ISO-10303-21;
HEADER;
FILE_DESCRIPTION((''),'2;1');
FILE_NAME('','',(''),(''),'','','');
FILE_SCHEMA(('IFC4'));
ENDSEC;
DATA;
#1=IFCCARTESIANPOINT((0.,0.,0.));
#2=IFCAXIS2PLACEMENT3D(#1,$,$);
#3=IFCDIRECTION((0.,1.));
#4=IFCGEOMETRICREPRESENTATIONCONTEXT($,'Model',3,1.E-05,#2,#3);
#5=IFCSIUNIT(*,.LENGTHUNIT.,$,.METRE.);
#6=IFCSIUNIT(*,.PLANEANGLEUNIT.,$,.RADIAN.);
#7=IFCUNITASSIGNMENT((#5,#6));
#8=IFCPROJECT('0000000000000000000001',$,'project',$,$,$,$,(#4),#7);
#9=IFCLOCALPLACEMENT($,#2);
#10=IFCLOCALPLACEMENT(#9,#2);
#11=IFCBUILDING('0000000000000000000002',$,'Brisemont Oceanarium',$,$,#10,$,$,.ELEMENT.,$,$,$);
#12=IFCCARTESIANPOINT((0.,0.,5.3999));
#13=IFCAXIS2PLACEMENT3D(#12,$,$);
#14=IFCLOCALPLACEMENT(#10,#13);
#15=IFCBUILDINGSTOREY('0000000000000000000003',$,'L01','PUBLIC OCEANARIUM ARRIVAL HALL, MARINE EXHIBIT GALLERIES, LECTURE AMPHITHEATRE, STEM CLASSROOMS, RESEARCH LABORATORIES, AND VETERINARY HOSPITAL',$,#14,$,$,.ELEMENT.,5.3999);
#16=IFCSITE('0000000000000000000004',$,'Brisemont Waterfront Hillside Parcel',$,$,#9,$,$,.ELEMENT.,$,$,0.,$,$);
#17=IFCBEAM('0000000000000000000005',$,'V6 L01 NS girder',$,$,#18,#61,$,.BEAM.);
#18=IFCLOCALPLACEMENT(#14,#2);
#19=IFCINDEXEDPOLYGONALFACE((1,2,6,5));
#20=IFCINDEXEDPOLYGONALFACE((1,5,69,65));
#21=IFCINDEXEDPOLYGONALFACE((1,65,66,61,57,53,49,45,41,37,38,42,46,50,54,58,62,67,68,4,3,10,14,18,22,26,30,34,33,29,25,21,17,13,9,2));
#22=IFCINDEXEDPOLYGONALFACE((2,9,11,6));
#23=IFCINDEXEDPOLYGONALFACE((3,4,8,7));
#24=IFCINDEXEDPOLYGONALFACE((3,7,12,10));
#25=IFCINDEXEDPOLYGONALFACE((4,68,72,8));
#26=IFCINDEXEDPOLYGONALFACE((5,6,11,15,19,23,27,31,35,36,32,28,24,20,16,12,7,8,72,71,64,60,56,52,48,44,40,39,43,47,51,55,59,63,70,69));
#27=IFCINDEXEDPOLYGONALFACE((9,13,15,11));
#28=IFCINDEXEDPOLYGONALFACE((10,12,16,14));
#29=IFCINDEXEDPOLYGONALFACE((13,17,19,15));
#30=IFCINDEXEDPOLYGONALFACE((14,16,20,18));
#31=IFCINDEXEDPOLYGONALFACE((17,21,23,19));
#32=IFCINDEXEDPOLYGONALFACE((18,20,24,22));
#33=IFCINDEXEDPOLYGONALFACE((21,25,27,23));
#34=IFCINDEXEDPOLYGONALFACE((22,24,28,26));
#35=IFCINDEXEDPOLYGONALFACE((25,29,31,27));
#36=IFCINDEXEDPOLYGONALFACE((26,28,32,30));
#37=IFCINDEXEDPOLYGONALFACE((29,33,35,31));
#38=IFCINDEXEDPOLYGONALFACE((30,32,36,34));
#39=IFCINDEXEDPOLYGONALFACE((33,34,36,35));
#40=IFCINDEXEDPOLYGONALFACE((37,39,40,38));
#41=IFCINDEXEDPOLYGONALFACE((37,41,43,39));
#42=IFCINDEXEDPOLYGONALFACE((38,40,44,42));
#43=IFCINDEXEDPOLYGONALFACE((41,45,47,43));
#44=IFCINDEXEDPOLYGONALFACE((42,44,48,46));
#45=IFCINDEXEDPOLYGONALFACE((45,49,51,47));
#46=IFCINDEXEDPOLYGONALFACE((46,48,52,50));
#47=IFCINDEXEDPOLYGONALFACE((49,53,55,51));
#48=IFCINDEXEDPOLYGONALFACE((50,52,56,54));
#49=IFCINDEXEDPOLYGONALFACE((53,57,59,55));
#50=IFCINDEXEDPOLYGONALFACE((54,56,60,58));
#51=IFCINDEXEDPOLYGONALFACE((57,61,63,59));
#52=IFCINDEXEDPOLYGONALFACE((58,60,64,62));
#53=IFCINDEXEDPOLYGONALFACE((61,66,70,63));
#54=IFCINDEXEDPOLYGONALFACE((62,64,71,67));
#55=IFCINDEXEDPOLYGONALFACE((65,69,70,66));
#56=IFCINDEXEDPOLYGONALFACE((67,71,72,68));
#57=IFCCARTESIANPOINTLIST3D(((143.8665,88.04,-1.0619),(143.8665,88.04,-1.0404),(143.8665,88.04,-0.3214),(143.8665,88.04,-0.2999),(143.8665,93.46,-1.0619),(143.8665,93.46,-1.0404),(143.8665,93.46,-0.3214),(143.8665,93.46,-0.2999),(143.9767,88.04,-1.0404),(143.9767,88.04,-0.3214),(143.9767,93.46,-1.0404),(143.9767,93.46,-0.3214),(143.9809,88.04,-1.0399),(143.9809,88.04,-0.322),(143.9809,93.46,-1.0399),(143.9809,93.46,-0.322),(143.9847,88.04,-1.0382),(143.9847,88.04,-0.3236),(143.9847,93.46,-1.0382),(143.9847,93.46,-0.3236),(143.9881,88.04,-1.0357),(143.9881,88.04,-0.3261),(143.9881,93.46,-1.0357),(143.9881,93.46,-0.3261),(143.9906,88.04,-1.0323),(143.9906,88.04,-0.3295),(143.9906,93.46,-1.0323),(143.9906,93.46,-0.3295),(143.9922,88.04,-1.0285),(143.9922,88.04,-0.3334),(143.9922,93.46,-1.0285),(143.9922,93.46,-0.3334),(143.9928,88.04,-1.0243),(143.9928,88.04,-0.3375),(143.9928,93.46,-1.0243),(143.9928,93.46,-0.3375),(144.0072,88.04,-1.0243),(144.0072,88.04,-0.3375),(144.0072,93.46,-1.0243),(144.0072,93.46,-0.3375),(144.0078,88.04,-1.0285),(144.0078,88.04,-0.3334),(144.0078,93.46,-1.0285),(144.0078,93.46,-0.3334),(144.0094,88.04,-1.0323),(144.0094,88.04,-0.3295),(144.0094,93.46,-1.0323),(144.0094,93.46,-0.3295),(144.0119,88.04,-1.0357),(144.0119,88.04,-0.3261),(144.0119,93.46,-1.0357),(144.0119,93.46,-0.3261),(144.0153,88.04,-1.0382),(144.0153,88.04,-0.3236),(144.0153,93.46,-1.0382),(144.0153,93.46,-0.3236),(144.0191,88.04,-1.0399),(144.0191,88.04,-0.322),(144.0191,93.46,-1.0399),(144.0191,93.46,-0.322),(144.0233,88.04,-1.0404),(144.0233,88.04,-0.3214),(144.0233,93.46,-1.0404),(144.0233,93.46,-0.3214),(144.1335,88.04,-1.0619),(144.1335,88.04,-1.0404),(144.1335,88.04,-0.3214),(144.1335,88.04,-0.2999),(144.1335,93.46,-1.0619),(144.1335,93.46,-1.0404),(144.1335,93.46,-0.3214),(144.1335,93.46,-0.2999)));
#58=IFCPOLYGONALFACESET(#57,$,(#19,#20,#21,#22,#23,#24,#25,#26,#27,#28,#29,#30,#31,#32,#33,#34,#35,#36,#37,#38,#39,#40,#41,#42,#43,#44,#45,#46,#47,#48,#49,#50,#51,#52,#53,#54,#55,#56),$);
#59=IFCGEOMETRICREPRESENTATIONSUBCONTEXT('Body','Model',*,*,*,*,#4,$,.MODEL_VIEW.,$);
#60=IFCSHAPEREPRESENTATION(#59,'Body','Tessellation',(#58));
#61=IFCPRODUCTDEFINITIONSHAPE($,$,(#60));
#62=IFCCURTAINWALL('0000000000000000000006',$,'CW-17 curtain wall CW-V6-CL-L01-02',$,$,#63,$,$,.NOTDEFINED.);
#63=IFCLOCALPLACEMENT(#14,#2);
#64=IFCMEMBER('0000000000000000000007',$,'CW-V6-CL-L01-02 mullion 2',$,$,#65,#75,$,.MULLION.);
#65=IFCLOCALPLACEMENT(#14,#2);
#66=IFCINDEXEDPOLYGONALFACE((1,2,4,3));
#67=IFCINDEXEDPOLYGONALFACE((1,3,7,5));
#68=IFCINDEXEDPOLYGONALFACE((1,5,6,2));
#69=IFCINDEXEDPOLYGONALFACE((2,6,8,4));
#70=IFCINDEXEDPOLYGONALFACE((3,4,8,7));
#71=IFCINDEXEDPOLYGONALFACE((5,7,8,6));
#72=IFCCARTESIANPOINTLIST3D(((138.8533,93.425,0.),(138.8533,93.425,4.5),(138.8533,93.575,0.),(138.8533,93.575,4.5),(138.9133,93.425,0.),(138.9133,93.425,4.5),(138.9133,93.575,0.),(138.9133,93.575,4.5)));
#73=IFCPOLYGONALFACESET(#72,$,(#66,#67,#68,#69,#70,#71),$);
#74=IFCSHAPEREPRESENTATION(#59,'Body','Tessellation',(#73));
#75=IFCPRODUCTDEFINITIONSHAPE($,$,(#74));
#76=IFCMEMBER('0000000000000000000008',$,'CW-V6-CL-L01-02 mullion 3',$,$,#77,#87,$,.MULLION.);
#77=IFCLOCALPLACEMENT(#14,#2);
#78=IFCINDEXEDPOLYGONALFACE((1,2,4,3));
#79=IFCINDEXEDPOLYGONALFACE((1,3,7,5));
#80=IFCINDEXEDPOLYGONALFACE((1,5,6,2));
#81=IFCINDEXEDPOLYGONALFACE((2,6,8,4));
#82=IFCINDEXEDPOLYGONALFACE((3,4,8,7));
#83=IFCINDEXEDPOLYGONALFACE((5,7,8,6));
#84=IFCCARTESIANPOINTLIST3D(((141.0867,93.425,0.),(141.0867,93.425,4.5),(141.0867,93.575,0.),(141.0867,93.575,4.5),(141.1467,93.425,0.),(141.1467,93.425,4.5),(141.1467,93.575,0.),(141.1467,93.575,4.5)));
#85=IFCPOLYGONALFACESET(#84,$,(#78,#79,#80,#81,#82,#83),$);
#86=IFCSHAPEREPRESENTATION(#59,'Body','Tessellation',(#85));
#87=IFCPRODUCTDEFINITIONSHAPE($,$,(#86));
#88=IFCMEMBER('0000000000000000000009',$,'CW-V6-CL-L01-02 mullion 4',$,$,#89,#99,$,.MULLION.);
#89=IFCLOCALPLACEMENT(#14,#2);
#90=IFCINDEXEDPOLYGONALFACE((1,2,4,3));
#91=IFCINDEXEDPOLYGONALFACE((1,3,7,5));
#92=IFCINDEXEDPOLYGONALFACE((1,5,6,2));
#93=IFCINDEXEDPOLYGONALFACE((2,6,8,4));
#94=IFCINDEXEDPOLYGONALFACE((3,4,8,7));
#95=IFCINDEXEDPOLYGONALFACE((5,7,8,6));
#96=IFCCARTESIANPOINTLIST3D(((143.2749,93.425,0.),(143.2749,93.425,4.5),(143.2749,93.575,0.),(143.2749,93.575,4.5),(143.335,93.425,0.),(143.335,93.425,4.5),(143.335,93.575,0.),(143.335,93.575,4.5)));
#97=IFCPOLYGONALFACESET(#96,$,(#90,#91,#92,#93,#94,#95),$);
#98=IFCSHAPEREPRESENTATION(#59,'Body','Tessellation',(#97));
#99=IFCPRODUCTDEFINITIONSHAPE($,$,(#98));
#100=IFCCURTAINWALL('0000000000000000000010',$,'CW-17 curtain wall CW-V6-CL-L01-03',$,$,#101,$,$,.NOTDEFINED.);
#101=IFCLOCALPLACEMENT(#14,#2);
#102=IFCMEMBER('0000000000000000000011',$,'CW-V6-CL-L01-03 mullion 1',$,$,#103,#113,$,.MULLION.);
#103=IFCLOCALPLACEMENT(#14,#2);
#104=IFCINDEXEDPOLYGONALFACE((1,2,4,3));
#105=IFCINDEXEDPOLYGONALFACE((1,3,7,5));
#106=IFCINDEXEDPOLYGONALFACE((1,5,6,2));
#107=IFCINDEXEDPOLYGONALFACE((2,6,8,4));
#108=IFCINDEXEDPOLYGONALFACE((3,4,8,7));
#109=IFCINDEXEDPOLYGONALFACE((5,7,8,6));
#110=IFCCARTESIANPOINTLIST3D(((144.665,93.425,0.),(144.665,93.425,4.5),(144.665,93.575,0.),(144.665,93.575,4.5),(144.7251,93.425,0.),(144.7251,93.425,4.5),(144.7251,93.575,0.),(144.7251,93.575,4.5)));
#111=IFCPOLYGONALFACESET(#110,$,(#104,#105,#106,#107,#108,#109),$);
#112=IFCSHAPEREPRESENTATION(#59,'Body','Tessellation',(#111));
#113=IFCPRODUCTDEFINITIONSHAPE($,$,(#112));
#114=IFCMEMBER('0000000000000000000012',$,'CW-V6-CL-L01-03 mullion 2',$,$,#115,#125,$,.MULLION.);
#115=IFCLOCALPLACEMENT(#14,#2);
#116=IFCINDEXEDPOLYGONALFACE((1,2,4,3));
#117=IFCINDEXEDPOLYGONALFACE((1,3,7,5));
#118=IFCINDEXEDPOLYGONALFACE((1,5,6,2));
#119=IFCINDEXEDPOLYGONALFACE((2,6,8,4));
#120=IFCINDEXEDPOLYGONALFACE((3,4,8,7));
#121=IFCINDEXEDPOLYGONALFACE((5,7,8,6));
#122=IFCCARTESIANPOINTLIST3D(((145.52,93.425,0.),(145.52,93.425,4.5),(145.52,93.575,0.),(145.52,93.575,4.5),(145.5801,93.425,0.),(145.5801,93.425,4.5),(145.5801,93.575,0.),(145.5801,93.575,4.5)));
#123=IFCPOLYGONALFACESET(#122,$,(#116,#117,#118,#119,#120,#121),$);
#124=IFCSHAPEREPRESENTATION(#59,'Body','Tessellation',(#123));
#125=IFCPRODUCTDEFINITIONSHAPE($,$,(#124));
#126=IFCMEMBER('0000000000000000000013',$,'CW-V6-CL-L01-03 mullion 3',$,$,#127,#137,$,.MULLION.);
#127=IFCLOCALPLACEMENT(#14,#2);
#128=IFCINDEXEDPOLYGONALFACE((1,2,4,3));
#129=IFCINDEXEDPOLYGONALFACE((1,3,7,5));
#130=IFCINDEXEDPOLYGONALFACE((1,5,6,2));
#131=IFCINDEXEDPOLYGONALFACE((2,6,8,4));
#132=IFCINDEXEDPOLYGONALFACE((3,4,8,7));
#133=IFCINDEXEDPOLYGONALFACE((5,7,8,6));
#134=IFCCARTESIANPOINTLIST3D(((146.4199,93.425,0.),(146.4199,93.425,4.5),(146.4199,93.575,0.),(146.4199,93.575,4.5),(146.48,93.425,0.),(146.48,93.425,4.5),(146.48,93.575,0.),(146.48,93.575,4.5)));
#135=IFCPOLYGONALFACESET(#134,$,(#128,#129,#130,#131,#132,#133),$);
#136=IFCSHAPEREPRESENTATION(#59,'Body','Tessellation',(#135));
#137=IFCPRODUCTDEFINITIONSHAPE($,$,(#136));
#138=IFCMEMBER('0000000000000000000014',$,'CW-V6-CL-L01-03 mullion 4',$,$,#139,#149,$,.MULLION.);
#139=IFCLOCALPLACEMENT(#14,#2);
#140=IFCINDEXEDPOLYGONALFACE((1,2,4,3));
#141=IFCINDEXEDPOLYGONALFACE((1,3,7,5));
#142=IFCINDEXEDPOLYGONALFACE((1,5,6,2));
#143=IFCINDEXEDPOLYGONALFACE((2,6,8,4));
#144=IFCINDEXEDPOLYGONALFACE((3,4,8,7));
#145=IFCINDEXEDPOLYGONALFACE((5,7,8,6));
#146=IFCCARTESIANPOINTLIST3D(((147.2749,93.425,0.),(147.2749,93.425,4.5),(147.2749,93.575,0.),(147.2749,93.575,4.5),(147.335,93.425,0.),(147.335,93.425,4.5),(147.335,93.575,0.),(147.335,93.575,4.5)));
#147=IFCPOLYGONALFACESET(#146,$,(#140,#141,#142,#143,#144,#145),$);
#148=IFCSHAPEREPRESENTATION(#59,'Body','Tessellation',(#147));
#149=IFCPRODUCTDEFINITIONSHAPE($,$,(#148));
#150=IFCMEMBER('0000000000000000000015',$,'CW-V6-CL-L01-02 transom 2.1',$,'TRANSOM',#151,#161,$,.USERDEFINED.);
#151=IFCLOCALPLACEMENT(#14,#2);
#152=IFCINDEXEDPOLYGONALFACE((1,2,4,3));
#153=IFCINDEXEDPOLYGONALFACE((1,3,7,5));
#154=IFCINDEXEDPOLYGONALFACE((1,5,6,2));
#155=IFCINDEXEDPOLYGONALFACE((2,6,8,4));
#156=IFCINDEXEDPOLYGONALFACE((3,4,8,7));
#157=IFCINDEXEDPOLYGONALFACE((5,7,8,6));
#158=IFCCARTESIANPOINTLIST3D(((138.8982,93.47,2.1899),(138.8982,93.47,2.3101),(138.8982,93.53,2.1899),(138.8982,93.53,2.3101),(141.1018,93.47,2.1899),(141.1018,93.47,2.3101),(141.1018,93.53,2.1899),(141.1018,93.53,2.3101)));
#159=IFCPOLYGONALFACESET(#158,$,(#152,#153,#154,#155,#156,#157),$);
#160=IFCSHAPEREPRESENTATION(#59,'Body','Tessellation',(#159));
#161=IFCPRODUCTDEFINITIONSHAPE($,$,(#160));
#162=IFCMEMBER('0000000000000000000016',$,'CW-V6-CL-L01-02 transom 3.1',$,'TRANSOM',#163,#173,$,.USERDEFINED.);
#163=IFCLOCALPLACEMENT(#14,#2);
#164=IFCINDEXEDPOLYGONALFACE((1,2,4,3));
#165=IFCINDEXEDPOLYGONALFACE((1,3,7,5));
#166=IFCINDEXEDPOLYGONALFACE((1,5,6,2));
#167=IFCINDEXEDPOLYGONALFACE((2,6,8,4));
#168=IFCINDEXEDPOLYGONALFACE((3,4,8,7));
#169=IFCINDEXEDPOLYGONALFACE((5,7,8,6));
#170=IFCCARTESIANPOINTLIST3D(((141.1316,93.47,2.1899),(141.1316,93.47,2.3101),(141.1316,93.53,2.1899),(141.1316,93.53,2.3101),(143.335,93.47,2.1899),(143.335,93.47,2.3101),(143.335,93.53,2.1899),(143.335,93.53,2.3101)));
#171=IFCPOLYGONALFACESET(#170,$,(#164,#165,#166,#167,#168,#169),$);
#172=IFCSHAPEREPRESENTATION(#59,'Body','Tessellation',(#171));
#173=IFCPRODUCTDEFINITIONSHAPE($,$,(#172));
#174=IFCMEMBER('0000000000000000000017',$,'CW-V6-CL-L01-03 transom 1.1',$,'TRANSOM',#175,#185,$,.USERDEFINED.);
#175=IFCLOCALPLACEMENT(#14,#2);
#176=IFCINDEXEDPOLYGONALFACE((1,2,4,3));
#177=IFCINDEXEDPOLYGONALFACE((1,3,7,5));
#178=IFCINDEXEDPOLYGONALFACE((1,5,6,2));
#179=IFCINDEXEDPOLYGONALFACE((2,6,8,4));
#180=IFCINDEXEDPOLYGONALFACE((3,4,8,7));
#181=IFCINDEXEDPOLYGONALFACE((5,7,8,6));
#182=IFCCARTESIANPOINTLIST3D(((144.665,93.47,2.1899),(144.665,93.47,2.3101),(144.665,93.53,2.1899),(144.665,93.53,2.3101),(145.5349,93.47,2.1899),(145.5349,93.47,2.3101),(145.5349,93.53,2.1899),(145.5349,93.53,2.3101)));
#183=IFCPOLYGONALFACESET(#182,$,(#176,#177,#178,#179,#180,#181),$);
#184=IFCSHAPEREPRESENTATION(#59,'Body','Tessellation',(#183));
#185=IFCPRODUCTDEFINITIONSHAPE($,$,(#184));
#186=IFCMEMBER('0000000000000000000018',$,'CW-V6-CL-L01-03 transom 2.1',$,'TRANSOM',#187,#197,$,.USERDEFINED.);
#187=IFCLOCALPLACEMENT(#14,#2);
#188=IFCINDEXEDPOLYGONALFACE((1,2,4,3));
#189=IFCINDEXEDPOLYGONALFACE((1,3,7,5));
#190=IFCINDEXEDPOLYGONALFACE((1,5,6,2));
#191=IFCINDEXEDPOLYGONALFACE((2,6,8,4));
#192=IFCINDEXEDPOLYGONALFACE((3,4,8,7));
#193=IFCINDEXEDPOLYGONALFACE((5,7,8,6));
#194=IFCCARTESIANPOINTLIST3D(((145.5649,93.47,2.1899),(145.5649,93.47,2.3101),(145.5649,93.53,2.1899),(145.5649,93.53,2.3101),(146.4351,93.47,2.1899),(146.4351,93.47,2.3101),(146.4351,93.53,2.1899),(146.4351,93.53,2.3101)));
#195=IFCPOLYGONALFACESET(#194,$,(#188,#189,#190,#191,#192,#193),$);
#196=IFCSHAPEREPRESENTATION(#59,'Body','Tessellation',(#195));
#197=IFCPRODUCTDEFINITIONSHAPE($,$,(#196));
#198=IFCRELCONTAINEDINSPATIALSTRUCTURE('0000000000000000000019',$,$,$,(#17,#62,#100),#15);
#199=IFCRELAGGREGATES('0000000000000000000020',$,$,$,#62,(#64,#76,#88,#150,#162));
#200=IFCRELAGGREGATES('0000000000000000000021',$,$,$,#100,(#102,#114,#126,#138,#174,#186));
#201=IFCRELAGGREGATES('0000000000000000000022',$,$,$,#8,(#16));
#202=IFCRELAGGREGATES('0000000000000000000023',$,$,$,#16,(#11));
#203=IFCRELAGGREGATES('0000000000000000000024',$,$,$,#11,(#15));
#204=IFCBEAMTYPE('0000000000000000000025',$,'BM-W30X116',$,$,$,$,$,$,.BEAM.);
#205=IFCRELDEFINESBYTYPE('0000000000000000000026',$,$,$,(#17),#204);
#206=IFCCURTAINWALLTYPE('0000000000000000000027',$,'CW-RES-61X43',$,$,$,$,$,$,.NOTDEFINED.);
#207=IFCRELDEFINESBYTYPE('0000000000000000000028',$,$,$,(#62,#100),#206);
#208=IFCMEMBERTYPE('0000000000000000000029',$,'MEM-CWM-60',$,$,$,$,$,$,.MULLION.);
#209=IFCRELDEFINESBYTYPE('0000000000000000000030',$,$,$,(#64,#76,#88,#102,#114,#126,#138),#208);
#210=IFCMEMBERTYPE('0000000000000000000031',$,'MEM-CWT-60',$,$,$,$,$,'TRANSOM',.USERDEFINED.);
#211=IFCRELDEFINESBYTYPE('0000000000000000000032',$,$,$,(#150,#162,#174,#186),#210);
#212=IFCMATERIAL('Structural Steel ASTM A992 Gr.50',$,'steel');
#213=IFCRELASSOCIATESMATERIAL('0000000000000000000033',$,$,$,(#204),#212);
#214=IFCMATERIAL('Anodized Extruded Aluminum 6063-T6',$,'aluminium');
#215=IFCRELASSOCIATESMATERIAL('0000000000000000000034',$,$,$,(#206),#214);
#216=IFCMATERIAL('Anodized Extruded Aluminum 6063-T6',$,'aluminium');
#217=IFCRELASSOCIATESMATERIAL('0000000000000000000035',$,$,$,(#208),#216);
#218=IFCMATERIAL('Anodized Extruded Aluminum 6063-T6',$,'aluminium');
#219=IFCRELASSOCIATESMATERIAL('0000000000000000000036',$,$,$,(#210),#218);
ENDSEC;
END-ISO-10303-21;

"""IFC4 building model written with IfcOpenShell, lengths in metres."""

from ifc_helpers import new_model, si_unit, direction, frame, origin, origin_2d, place, context, subcontext, project, spatial, rectangle, i_section, extrude, material, material_profile, profile_set, type_object, element, aggregate, save


model = new_model("IFC4")

# Units and contexts
model_context = context("Model", 3, precision=1e-05, world=origin(), true_north=direction((0.0, 1.0)))
body_context = subcontext(model_context, "Body", "Model", "MODEL_VIEW")
ifc_project = project(units=[si_unit("LENGTHUNIT", "METRE"), si_unit("PLANEANGLEUNIT", "RADIAN")], contexts=[model_context])

# Site, building, storey
site_placement = place(None, origin())
site = spatial("IfcSite", under=ifc_project, at=site_placement, Name="Brisemont Waterfront Hillside Parcel", CompositionType="ELEMENT", RefElevation=0.0)
building_placement = place(site_placement, origin())
building = spatial("IfcBuilding", under=site, at=building_placement, Name="Brisemont Oceanarium", CompositionType="ELEMENT")
storey_placement = place(building_placement, frame((0.0, 0.0, 5.3999)))
storey = spatial("IfcBuildingStorey", under=building, at=storey_placement, Name="L01", Description="PUBLIC OCEANARIUM ARRIVAL HALL, MARINE EXHIBIT GALLERIES, LECTURE AMPHITHEATRE, STEM CLASSROOMS, RESEARCH LABORATORIES, AND VETERINARY HOSPITAL", CompositionType="ELEMENT", Elevation=5.3999)

# Beam
ifc_material_1 = material(Name="Structural Steel ASTM A992 Gr.50", Category="steel")
ifc_material_profile_1 = material_profile(ifc_material_1, i_section(OverallWidth=0.2671, OverallDepth=0.762, WebThickness=0.0144, FlangeThickness=0.0215, FilletRadius=0.0161, at=origin_2d()), Name="W30X116")
ifc_profile_set_1 = profile_set([ifc_material_profile_1], Name="Structural Steel ASTM A992 Gr.50")
beam_type_1 = type_object("IfcBeamType", Name="BM-W30X116", PredefinedType="BEAM", material=ifc_profile_set_1)
beam_1_placement = place(storey_placement, frame((144.0, 88.04, -0.6809), z_axis=(0.0, 1.0, 0.0), x_axis=(-1.0, 0.0, 0.0)))
element("IfcBeam", 1, at=beam_1_placement, inside=storey, type_object=beam_type_1, Name="V6 L01 NS girder", PredefinedType="BEAM", context=body_context, shape_type="SweptSolid", body=[
    extrude(i_section(OverallWidth=0.2671, OverallDepth=0.762, WebThickness=0.0144, FlangeThickness=0.0215, FilletRadius=0.0161, at=origin_2d()), origin(), (0.0, 0.0, 1.0), 5.4199),
])

# Curtain walls, members
ifc_material_2 = material(Name="Anodized Extruded Aluminum 6063-T6", Category="aluminium")
curtain_wall_type = type_object("IfcCurtainWallType", Name="CW-RES-61X43", PredefinedType="NOTDEFINED", material=ifc_material_2)
curtain_wall_1_placement = place(storey_placement, origin())
curtain_wall_1 = element("IfcCurtainWall", 2, at=curtain_wall_1_placement, inside=storey, type_object=curtain_wall_type, Name="CW-17 curtain wall CW-V6-CL-L01-02", PredefinedType="NOTDEFINED")
ifc_material_3 = material(Name="Anodized Extruded Aluminum 6063-T6", Category="aluminium")
ifc_material_profile_2 = material_profile(ifc_material_3, rectangle(XDim=0.0601, YDim=0.1499, at=origin_2d()), Name="CWM-60X150")
ifc_profile_set_2 = profile_set([ifc_material_profile_2], Name="Anodized Extruded Aluminum 6063-T6")
member_type_1 = type_object("IfcMemberType", Name="MEM-CWM-60", PredefinedType="MULLION", material=ifc_profile_set_2)
member_1_placement = place(storey_placement, frame((138.8833, 93.5, 0.0), z_axis=(0.0, 0.0, 1.0), x_axis=(1.0, 0.0, 0.0)))
member_1 = element("IfcMember", 3, at=member_1_placement, type_object=member_type_1, Name="CW-V6-CL-L01-02 mullion 2", PredefinedType="MULLION", context=body_context, shape_type="SweptSolid", body=[
    extrude(rectangle(XDim=0.0601, YDim=0.1499, at=origin_2d()), origin(), (0.0, 0.0, 1.0), 4.5),
])
member_2_placement = place(storey_placement, frame((141.1167, 93.5, 0.0), z_axis=(0.0, 0.0, 1.0), x_axis=(1.0, 0.0, 0.0)))
member_2 = element("IfcMember", 4, at=member_2_placement, type_object=member_type_1, Name="CW-V6-CL-L01-02 mullion 3", PredefinedType="MULLION", context=body_context, shape_type="SweptSolid", body=[
    extrude(rectangle(XDim=0.0601, YDim=0.1499, at=origin_2d()), origin(), (0.0, 0.0, 1.0), 4.5),
])
member_3_placement = place(storey_placement, frame((143.3049, 93.5, 0.0), z_axis=(0.0, 0.0, 1.0), x_axis=(1.0, 0.0, 0.0)))
member_3 = element("IfcMember", 5, at=member_3_placement, type_object=member_type_1, Name="CW-V6-CL-L01-02 mullion 4", PredefinedType="MULLION", context=body_context, shape_type="SweptSolid", body=[
    extrude(rectangle(XDim=0.0601, YDim=0.1499, at=origin_2d()), origin(), (0.0, 0.0, 1.0), 4.5),
])
curtain_wall_2_placement = place(storey_placement, origin())
curtain_wall_2 = element("IfcCurtainWall", 6, at=curtain_wall_2_placement, inside=storey, type_object=curtain_wall_type, Name="CW-17 curtain wall CW-V6-CL-L01-03", PredefinedType="NOTDEFINED")
member_4_placement = place(storey_placement, frame((144.6951, 93.5, 0.0), z_axis=(0.0, 0.0, 1.0), x_axis=(1.0, 0.0, 0.0)))
member_4 = element("IfcMember", 7, at=member_4_placement, type_object=member_type_1, Name="CW-V6-CL-L01-03 mullion 1", PredefinedType="MULLION", context=body_context, shape_type="SweptSolid", body=[
    extrude(rectangle(XDim=0.0601, YDim=0.1499, at=origin_2d()), origin(), (0.0, 0.0, 1.0), 4.5),
])
member_5_placement = place(storey_placement, frame((145.55, 93.5, 0.0), z_axis=(0.0, 0.0, 1.0), x_axis=(1.0, 0.0, 0.0)))
member_5 = element("IfcMember", 8, at=member_5_placement, type_object=member_type_1, Name="CW-V6-CL-L01-03 mullion 2", PredefinedType="MULLION", context=body_context, shape_type="SweptSolid", body=[
    extrude(rectangle(XDim=0.0601, YDim=0.1499, at=origin_2d()), origin(), (0.0, 0.0, 1.0), 4.5),
])
member_6_placement = place(storey_placement, frame((146.45, 93.5, 0.0), z_axis=(0.0, 0.0, 1.0), x_axis=(1.0, 0.0, 0.0)))
member_6 = element("IfcMember", 9, at=member_6_placement, type_object=member_type_1, Name="CW-V6-CL-L01-03 mullion 3", PredefinedType="MULLION", context=body_context, shape_type="SweptSolid", body=[
    extrude(rectangle(XDim=0.0601, YDim=0.1499, at=origin_2d()), origin(), (0.0, 0.0, 1.0), 4.5),
])
member_7_placement = place(storey_placement, frame((147.3049, 93.5, 0.0), z_axis=(0.0, 0.0, 1.0), x_axis=(1.0, 0.0, 0.0)))
member_7 = element("IfcMember", 10, at=member_7_placement, type_object=member_type_1, Name="CW-V6-CL-L01-03 mullion 4", PredefinedType="MULLION", context=body_context, shape_type="SweptSolid", body=[
    extrude(rectangle(XDim=0.0601, YDim=0.1499, at=origin_2d()), origin(), (0.0, 0.0, 1.0), 4.5),
])

# Members
ifc_material_4 = material(Name="Anodized Extruded Aluminum 6063-T6", Category="aluminium")
ifc_material_profile_3 = material_profile(ifc_material_4, rectangle(XDim=0.0601, YDim=0.1201, at=origin_2d()), Name="CWT-60X120")
ifc_profile_set_3 = profile_set([ifc_material_profile_3], Name="Anodized Extruded Aluminum 6063-T6")
member_type_2 = type_object("IfcMemberType", Name="MEM-CWT-60", ElementType="TRANSOM", PredefinedType="USERDEFINED", material=ifc_profile_set_3)
member_8_placement = place(storey_placement, frame((138.8982, 93.5, 2.25), z_axis=(1.0, 0.0, 0.0), x_axis=(0.0, 1.0, 0.0)))
member_8 = element("IfcMember", 11, at=member_8_placement, type_object=member_type_2, Name="CW-V6-CL-L01-02 transom 2.1", ObjectType="TRANSOM", PredefinedType="USERDEFINED", context=body_context, shape_type="SweptSolid", body=[
    extrude(rectangle(XDim=0.0601, YDim=0.1201, at=origin_2d()), origin(), (0.0, 0.0, 1.0), 2.2036),
])
member_9_placement = place(storey_placement, frame((141.1316, 93.5, 2.25), z_axis=(1.0, 0.0, 0.0), x_axis=(0.0, 1.0, 0.0)))
member_9 = element("IfcMember", 12, at=member_9_placement, type_object=member_type_2, Name="CW-V6-CL-L01-02 transom 3.1", ObjectType="TRANSOM", PredefinedType="USERDEFINED", context=body_context, shape_type="SweptSolid", body=[
    extrude(rectangle(XDim=0.0601, YDim=0.1201, at=origin_2d()), origin(), (0.0, 0.0, 1.0), 2.2034),
])
member_10_placement = place(storey_placement, frame((144.665, 93.5, 2.25), z_axis=(1.0, 0.0, 0.0), x_axis=(0.0, 1.0, 0.0)))
member_10 = element("IfcMember", 13, at=member_10_placement, type_object=member_type_2, Name="CW-V6-CL-L01-03 transom 1.1", ObjectType="TRANSOM", PredefinedType="USERDEFINED", context=body_context, shape_type="SweptSolid", body=[
    extrude(rectangle(XDim=0.0601, YDim=0.1201, at=origin_2d()), origin(), (0.0, 0.0, 1.0), 0.8699),
])
member_11_placement = place(storey_placement, frame((145.5649, 93.5, 2.25), z_axis=(1.0, 0.0, 0.0), x_axis=(0.0, 1.0, 0.0)))
member_11 = element("IfcMember", 14, at=member_11_placement, type_object=member_type_2, Name="CW-V6-CL-L01-03 transom 2.1", ObjectType="TRANSOM", PredefinedType="USERDEFINED", context=body_context, shape_type="SweptSolid", body=[
    extrude(rectangle(XDim=0.0601, YDim=0.1201, at=origin_2d()), origin(), (0.0, 0.0, 1.0), 0.8701),
])

aggregate(curtain_wall_1, [member_1, member_2, member_3, member_8, member_9])
aggregate(curtain_wall_2, [member_4, member_5, member_6, member_7, member_10, member_11])

save(model, "model.ifc")
